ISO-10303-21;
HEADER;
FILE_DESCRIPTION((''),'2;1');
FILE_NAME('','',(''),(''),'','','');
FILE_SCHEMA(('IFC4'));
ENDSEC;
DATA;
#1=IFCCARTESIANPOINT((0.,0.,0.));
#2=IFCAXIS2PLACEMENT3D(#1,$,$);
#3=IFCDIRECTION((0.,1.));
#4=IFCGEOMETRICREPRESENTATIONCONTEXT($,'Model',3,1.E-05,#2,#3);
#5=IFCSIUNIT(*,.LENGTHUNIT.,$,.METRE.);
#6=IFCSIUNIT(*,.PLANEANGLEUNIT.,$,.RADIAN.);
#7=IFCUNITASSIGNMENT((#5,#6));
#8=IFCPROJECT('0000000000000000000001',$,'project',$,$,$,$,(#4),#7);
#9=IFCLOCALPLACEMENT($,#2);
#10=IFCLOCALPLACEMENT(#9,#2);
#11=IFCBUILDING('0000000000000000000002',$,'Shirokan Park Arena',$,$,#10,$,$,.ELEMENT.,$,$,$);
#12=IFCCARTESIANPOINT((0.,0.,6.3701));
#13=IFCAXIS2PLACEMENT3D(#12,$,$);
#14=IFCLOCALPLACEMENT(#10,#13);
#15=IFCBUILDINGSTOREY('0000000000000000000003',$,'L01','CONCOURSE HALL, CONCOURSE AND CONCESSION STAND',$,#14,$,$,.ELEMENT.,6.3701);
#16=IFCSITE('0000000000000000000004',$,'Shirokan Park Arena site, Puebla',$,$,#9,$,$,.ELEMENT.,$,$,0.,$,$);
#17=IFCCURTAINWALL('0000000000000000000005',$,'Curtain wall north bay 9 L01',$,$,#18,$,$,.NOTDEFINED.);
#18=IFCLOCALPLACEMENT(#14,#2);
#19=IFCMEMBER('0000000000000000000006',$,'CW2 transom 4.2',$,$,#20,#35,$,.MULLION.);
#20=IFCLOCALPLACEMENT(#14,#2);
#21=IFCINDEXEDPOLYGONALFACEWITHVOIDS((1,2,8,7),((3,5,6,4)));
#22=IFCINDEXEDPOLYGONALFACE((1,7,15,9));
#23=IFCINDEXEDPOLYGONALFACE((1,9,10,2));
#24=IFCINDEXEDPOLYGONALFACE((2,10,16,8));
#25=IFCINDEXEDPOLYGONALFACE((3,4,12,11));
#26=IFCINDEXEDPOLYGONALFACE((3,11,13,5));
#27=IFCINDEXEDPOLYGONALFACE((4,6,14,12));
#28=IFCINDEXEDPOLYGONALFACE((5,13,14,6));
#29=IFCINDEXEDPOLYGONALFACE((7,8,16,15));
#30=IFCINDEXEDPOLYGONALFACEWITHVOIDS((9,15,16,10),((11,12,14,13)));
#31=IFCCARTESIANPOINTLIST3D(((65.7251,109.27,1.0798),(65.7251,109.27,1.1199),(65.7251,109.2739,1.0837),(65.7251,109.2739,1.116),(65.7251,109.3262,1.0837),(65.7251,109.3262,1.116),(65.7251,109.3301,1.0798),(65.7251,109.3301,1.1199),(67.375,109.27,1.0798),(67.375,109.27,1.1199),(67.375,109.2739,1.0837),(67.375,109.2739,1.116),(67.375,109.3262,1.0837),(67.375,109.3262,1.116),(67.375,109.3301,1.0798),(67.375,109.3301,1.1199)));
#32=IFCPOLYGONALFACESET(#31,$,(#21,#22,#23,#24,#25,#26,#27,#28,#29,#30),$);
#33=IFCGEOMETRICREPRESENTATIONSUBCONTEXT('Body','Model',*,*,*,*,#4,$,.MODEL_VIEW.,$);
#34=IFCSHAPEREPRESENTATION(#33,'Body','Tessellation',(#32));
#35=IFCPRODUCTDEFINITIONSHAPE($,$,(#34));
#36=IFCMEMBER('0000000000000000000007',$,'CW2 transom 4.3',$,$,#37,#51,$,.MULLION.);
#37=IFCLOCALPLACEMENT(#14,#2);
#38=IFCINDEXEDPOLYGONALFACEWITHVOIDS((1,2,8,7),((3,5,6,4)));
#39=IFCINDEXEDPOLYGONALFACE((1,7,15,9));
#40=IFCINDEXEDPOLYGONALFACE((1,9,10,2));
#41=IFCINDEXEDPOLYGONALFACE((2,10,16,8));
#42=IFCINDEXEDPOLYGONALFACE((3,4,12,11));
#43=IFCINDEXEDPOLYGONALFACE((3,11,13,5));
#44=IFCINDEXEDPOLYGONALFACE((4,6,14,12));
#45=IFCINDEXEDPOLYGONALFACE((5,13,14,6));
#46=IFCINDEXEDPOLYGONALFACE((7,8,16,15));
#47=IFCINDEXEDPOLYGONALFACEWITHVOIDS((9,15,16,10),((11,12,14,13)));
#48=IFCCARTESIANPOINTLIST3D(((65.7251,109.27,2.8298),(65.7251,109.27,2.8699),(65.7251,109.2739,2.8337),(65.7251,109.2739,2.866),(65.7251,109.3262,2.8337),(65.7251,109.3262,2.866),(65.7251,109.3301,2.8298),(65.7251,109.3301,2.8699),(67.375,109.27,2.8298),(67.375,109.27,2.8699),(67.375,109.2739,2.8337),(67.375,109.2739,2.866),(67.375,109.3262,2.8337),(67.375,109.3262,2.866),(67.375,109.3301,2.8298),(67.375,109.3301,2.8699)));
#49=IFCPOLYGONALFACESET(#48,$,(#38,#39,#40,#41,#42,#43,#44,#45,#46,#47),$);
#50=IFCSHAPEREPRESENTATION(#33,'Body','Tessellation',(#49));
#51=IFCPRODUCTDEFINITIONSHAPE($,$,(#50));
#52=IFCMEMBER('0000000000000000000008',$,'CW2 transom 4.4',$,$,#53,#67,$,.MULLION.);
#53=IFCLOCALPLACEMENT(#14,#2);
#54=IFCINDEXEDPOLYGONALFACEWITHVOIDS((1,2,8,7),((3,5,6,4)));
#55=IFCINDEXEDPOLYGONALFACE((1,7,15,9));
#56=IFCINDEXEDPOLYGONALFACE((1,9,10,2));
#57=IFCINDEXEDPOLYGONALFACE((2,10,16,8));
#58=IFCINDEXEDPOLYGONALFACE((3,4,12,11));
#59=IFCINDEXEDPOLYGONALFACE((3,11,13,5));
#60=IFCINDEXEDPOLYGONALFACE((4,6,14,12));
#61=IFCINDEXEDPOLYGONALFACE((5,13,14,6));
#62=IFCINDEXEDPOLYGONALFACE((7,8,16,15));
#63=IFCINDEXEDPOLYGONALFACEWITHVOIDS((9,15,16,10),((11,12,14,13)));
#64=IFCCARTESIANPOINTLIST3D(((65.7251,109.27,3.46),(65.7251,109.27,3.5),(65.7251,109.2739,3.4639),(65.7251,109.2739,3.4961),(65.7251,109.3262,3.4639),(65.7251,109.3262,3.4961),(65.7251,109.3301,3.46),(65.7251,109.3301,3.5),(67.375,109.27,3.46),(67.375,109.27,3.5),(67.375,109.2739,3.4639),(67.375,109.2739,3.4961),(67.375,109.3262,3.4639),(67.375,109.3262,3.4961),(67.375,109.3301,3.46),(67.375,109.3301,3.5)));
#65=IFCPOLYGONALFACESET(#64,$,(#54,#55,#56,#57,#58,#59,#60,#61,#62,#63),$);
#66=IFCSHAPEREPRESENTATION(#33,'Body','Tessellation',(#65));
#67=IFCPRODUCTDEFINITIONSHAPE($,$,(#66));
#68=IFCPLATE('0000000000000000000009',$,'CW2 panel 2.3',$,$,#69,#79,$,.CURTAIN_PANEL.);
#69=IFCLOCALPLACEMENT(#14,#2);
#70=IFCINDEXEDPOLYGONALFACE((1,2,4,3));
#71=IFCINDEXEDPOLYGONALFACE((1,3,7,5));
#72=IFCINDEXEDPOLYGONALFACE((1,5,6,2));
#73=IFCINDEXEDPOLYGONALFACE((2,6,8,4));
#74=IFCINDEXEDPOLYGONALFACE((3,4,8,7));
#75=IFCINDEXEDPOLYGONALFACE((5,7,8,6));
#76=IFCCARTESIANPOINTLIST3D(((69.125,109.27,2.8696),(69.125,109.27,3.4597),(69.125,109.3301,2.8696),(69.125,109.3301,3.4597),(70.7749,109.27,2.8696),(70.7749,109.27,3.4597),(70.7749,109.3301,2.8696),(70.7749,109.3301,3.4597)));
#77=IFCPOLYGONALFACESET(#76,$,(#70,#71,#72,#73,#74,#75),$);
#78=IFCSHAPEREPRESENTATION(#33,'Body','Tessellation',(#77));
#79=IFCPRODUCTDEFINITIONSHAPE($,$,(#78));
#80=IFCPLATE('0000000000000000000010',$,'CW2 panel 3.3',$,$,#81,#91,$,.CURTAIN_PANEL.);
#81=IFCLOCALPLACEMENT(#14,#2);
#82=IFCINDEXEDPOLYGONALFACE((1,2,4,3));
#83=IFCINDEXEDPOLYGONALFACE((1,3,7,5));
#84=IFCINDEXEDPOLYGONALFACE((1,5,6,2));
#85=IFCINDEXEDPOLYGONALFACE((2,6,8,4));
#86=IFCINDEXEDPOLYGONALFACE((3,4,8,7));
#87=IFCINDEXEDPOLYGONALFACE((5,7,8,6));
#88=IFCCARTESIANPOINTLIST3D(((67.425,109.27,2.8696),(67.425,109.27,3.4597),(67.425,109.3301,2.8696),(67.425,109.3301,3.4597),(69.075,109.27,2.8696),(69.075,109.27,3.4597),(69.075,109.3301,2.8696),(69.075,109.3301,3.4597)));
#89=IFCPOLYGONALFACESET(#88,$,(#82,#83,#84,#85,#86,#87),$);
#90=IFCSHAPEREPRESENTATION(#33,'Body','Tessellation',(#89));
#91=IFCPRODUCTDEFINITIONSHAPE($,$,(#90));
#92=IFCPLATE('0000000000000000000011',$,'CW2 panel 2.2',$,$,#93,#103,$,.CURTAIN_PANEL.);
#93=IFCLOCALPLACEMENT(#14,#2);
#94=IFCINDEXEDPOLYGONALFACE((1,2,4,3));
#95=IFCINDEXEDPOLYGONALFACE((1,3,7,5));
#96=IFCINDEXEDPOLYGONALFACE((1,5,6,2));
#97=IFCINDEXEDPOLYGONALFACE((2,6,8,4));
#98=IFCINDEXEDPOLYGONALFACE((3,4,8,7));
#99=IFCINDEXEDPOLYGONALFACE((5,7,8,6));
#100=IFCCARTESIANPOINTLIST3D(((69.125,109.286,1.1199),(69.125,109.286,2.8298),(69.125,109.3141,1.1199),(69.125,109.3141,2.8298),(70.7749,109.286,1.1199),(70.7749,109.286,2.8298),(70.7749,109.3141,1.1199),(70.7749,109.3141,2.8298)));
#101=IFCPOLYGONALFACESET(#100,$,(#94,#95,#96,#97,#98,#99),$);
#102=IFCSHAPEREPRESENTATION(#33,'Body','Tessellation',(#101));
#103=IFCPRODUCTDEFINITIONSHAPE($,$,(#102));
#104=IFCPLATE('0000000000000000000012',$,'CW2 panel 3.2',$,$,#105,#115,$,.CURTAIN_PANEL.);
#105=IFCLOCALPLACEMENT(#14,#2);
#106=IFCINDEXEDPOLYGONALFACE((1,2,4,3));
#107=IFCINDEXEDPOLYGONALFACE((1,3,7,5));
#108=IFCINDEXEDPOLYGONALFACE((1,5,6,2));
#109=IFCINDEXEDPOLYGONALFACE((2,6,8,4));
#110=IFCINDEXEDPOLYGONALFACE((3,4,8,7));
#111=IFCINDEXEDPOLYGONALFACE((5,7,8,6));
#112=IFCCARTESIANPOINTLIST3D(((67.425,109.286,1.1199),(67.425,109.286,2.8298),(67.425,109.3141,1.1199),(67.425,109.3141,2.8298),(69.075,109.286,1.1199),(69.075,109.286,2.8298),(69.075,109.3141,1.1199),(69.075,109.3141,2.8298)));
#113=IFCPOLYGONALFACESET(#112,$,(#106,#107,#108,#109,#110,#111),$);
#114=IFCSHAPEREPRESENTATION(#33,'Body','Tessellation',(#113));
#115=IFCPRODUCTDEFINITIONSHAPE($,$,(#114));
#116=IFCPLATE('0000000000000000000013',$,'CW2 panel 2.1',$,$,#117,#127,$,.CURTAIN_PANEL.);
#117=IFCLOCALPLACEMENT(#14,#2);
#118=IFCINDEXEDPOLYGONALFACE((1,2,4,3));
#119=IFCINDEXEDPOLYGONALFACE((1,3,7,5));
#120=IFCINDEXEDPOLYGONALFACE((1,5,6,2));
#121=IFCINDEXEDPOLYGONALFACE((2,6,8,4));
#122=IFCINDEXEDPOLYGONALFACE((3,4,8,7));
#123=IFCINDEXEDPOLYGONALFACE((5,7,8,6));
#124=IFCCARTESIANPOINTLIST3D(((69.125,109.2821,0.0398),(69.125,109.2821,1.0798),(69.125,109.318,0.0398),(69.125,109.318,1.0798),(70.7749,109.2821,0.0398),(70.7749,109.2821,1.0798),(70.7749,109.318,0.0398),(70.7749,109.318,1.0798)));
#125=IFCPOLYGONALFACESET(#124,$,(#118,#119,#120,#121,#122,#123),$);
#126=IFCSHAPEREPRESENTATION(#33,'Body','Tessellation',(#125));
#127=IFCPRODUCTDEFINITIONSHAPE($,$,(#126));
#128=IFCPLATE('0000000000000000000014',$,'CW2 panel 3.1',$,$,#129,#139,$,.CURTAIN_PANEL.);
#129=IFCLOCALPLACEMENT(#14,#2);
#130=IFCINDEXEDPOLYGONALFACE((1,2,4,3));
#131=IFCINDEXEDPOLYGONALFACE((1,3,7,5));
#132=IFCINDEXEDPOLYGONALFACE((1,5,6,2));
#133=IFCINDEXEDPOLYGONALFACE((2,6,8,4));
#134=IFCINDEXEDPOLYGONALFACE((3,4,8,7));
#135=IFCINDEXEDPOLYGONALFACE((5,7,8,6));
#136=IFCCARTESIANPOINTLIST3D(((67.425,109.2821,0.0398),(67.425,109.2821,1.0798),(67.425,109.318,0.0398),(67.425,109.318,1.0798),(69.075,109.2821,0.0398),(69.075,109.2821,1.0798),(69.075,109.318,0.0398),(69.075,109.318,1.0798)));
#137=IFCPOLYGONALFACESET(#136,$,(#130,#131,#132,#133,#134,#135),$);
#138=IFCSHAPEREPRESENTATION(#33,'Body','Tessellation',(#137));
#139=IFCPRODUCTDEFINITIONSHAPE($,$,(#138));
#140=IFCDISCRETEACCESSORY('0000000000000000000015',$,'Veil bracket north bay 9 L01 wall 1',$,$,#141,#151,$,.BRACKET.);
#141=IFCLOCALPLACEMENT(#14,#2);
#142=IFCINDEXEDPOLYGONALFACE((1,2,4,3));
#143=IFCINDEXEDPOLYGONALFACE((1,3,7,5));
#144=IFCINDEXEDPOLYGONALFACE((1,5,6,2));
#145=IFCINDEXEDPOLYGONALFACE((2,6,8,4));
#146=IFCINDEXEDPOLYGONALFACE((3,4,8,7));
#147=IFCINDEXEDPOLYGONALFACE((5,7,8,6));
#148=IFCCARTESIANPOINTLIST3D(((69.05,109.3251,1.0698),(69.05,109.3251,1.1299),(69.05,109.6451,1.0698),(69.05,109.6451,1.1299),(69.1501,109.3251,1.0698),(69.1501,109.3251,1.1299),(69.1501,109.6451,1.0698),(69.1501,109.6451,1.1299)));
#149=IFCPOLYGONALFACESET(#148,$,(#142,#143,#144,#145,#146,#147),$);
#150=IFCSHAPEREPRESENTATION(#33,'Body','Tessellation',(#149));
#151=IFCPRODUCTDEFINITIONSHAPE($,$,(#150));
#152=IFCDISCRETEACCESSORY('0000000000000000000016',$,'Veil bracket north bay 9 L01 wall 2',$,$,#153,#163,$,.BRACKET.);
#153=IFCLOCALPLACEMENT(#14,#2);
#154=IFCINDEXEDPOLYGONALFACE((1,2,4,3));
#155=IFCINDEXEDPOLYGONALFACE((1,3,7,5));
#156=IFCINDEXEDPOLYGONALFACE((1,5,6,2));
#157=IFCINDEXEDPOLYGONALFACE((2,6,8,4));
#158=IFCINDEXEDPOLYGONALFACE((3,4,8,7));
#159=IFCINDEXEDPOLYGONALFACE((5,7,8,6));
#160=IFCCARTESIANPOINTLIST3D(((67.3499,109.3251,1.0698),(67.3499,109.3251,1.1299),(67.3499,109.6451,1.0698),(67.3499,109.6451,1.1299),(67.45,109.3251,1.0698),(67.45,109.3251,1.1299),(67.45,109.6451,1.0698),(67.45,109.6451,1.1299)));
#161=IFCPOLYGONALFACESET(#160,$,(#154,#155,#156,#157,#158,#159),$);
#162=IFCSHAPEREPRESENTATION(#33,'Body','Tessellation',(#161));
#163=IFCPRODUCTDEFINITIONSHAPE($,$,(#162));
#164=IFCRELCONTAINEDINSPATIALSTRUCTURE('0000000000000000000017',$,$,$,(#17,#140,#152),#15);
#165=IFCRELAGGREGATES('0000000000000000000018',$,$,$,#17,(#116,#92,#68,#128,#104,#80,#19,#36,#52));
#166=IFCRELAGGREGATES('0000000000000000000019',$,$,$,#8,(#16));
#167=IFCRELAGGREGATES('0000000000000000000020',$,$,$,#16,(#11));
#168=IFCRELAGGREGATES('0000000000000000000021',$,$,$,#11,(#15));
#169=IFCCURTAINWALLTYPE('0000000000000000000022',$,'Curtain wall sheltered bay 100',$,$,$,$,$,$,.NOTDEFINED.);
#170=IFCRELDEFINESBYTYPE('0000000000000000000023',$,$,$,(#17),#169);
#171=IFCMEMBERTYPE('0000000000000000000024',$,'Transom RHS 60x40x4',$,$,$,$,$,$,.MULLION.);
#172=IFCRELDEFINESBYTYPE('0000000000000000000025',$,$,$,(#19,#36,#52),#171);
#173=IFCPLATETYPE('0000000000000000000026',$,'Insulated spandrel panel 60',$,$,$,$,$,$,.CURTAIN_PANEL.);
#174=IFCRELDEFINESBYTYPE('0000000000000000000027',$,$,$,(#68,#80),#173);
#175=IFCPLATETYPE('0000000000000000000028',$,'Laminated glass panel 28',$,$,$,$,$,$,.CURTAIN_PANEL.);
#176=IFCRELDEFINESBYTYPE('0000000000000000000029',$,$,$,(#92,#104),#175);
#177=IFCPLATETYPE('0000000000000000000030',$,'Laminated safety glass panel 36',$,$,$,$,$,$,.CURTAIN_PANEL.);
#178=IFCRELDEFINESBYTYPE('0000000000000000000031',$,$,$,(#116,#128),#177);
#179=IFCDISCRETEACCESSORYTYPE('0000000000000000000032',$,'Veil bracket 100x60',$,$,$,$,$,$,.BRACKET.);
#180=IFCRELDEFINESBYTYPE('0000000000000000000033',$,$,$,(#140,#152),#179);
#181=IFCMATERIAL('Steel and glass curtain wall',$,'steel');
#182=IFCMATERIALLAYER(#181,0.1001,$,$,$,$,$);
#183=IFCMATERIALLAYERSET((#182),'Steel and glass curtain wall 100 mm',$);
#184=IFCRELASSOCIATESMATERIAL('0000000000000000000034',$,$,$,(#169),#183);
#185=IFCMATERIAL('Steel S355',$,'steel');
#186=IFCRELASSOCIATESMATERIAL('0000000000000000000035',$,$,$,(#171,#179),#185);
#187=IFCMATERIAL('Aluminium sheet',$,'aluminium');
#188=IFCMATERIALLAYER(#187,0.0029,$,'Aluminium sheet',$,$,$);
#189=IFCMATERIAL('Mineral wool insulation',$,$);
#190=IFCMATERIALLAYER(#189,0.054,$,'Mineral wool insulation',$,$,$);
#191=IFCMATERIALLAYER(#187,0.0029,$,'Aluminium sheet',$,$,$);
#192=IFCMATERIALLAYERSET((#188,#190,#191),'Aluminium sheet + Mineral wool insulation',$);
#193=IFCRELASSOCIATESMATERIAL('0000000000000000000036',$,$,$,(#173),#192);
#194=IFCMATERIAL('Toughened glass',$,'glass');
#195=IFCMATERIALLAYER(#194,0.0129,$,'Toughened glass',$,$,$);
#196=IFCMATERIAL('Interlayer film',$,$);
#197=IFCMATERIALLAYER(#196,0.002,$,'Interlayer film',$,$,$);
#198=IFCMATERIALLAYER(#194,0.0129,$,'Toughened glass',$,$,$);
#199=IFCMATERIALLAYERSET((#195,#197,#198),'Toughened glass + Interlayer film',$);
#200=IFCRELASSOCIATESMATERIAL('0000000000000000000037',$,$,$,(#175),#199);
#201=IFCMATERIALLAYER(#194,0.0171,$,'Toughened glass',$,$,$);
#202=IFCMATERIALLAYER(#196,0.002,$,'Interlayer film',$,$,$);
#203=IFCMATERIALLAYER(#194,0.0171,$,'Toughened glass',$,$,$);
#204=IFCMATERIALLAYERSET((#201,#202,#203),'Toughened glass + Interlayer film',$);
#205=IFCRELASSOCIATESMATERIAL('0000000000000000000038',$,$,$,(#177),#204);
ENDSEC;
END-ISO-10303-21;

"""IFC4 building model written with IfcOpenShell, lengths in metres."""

from ifc_helpers import new_model, si_unit, direction, frame, origin, origin_2d, place, context, subcontext, project, spatial, rectangle, hollow_rectangle, extrude, material, layer, layer_set, material_profile, profile_set, type_object, element, aggregate, save


model = new_model("IFC4")

# Units and contexts
model_context = context("Model", 3, precision=1e-05, world=origin(), true_north=direction((0.0, 1.0)))
body_context = subcontext(model_context, "Body", "Model", "MODEL_VIEW")
ifc_project = project(units=[si_unit("LENGTHUNIT", "METRE"), si_unit("PLANEANGLEUNIT", "RADIAN")], contexts=[model_context])

# Site, building, storey
site_placement = place(None, origin())
site = spatial("IfcSite", under=ifc_project, at=site_placement, Name="Shirokan Park Arena site, Puebla", CompositionType="ELEMENT", RefElevation=0.0)
building_placement = place(site_placement, origin())
building = spatial("IfcBuilding", under=site, at=building_placement, Name="Shirokan Park Arena", CompositionType="ELEMENT")
storey_placement = place(building_placement, frame((0.0, 0.0, 6.3701)))
storey = spatial("IfcBuildingStorey", under=building, at=storey_placement, Name="L01", Description="CONCOURSE HALL, CONCOURSE AND CONCESSION STAND", CompositionType="ELEMENT", Elevation=6.3701)

# Curtain wall, members, plates
ifc_material_1 = material(Name="Steel and glass curtain wall", Category="steel")
ifc_layer_1 = layer(ifc_material_1, 0.1001)
ifc_layer_set_1 = layer_set([ifc_layer_1], Name="Steel and glass curtain wall 100 mm")
curtain_wall_type = type_object("IfcCurtainWallType", Name="Curtain wall sheltered bay 100", PredefinedType="NOTDEFINED", material=ifc_layer_set_1)
curtain_wall_placement = place(storey_placement, origin())
curtain_wall = element("IfcCurtainWall", 1, at=curtain_wall_placement, inside=storey, type_object=curtain_wall_type, Name="Curtain wall north bay 9 L01", PredefinedType="NOTDEFINED")
ifc_material_2 = material(Name="Steel S355", Category="steel")
ifc_material_profile_1 = material_profile(ifc_material_2, hollow_rectangle(XDim=0.0601, YDim=0.04, WallThickness=0.0039, at=origin_2d()), Name="RHS 60x40x4")
ifc_profile_set_1 = profile_set([ifc_material_profile_1], Name="Steel S355")
member_type_1 = type_object("IfcMemberType", Name="Transom RHS 60x40x4", PredefinedType="MULLION", material=ifc_profile_set_1)
member_1_placement = place(storey_placement, frame((67.375, 109.3, 1.0999), z_axis=(-1.0, 0.0, 0.0), x_axis=(0.0, -1.0, 0.0)))
member_1 = element("IfcMember", 2, at=member_1_placement, type_object=member_type_1, Name="CW2 transom 4.2", PredefinedType="MULLION", context=body_context, shape_type="SweptSolid", body=[
    extrude(hollow_rectangle(XDim=0.0601, YDim=0.04, WallThickness=0.0039, at=origin_2d()), origin(), (0.0, 0.0, 1.0), 1.6499),
])
member_2_placement = place(storey_placement, frame((67.375, 109.3, 2.8499), z_axis=(-1.0, 0.0, 0.0), x_axis=(0.0, -1.0, 0.0)))
member_2 = element("IfcMember", 3, at=member_2_placement, type_object=member_type_1, Name="CW2 transom 4.3", PredefinedType="MULLION", context=body_context, shape_type="SweptSolid", body=[
    extrude(hollow_rectangle(XDim=0.0601, YDim=0.04, WallThickness=0.0039, at=origin_2d()), origin(), (0.0, 0.0, 1.0), 1.6499),
])
member_3_placement = place(storey_placement, frame((67.375, 109.3, 3.48), z_axis=(-1.0, 0.0, 0.0), x_axis=(0.0, -1.0, 0.0)))
member_3 = element("IfcMember", 4, at=member_3_placement, type_object=member_type_1, Name="CW2 transom 4.4", PredefinedType="MULLION", context=body_context, shape_type="SweptSolid", body=[
    extrude(hollow_rectangle(XDim=0.0601, YDim=0.04, WallThickness=0.0039, at=origin_2d()), origin(), (0.0, 0.0, 1.0), 1.6499),
])
ifc_material_3 = material(Name="Aluminium sheet", Category="aluminium")
ifc_layer_2 = layer(ifc_material_3, 0.0029, Name="Aluminium sheet")
ifc_material_4 = material(Name="Mineral wool insulation")
ifc_layer_3 = layer(ifc_material_4, 0.054, Name="Mineral wool insulation")
ifc_layer_4 = layer(ifc_material_3, 0.0029, Name="Aluminium sheet")
ifc_layer_set_2 = layer_set([ifc_layer_2, ifc_layer_3, ifc_layer_4], Name="Aluminium sheet + Mineral wool insulation")
plate_type_1 = type_object("IfcPlateType", Name="Insulated spandrel panel 60", PredefinedType="CURTAIN_PANEL", material=ifc_layer_set_2)
plate_1_placement = place(storey_placement, frame((69.95, 109.3, 2.8696), z_axis=(0.0, 0.0, 1.0), x_axis=(-1.0, 0.0, 0.0)))
plate_1 = element("IfcPlate", 5, at=plate_1_placement, type_object=plate_type_1, Name="CW2 panel 2.3", PredefinedType="CURTAIN_PANEL", context=body_context, shape_type="SweptSolid", body=[
    extrude(rectangle(XDim=1.6499, YDim=0.0601, at=origin_2d()), origin(), (0.0, 0.0, 1.0), 0.5901),
])
plate_2_placement = place(storey_placement, frame((68.25, 109.3, 2.8696), z_axis=(0.0, 0.0, 1.0), x_axis=(-1.0, 0.0, 0.0)))
plate_2 = element("IfcPlate", 6, at=plate_2_placement, type_object=plate_type_1, Name="CW2 panel 3.3", PredefinedType="CURTAIN_PANEL", context=body_context, shape_type="SweptSolid", body=[
    extrude(rectangle(XDim=1.6499, YDim=0.0601, at=origin_2d()), origin(), (0.0, 0.0, 1.0), 0.5901),
])
ifc_material_5 = material(Name="Toughened glass", Category="glass")
ifc_layer_5 = layer(ifc_material_5, 0.0129, Name="Toughened glass")
ifc_material_6 = material(Name="Interlayer film")
ifc_layer_6 = layer(ifc_material_6, 0.002, Name="Interlayer film")
ifc_layer_7 = layer(ifc_material_5, 0.0129, Name="Toughened glass")
ifc_layer_set_3 = layer_set([ifc_layer_5, ifc_layer_6, ifc_layer_7], Name="Toughened glass + Interlayer film")
plate_type_2 = type_object("IfcPlateType", Name="Laminated glass panel 28", PredefinedType="CURTAIN_PANEL", material=ifc_layer_set_3)
plate_3_placement = place(storey_placement, frame((69.95, 109.3, 1.1199), z_axis=(0.0, 0.0, 1.0), x_axis=(-1.0, 0.0, 0.0)))
plate_3 = element("IfcPlate", 7, at=plate_3_placement, type_object=plate_type_2, Name="CW2 panel 2.2", PredefinedType="CURTAIN_PANEL", context=body_context, shape_type="SweptSolid", body=[
    extrude(rectangle(XDim=1.6499, YDim=0.0281, at=origin_2d()), origin(), (0.0, 0.0, 1.0), 1.71),
])
plate_4_placement = place(storey_placement, frame((68.25, 109.3, 1.1199), z_axis=(0.0, 0.0, 1.0), x_axis=(-1.0, 0.0, 0.0)))
plate_4 = element("IfcPlate", 8, at=plate_4_placement, type_object=plate_type_2, Name="CW2 panel 3.2", PredefinedType="CURTAIN_PANEL", context=body_context, shape_type="SweptSolid", body=[
    extrude(rectangle(XDim=1.6499, YDim=0.0281, at=origin_2d()), origin(), (0.0, 0.0, 1.0), 1.71),
])
ifc_layer_8 = layer(ifc_material_5, 0.0171, Name="Toughened glass")
ifc_layer_9 = layer(ifc_material_6, 0.002, Name="Interlayer film")
ifc_layer_10 = layer(ifc_material_5, 0.0171, Name="Toughened glass")
ifc_layer_set_4 = layer_set([ifc_layer_8, ifc_layer_9, ifc_layer_10], Name="Toughened glass + Interlayer film")
plate_type_3 = type_object("IfcPlateType", Name="Laminated safety glass panel 36", PredefinedType="CURTAIN_PANEL", material=ifc_layer_set_4)
plate_5_placement = place(storey_placement, frame((69.95, 109.3, 0.0398), z_axis=(0.0, 0.0, 1.0), x_axis=(-1.0, 0.0, 0.0)))
plate_5 = element("IfcPlate", 9, at=plate_5_placement, type_object=plate_type_3, Name="CW2 panel 2.1", PredefinedType="CURTAIN_PANEL", context=body_context, shape_type="SweptSolid", body=[
    extrude(rectangle(XDim=1.6499, YDim=0.0359, at=origin_2d()), origin(), (0.0, 0.0, 1.0), 1.04),
])
plate_6_placement = place(storey_placement, frame((68.25, 109.3, 0.0398), z_axis=(0.0, 0.0, 1.0), x_axis=(-1.0, 0.0, 0.0)))
plate_6 = element("IfcPlate", 10, at=plate_6_placement, type_object=plate_type_3, Name="CW2 panel 3.1", PredefinedType="CURTAIN_PANEL", context=body_context, shape_type="SweptSolid", body=[
    extrude(rectangle(XDim=1.6499, YDim=0.0359, at=origin_2d()), origin(), (0.0, 0.0, 1.0), 1.04),
])
aggregate(curtain_wall, [plate_5, plate_3, plate_1, plate_6, plate_4, plate_2, member_1, member_2, member_3])

# Discrete accessories
discrete_accessory_type = type_object("IfcDiscreteAccessoryType", Name="Veil bracket 100x60", PredefinedType="BRACKET", material=ifc_material_2)
for number, where, z_axis, x_axis, name in (
    (11, (69.1001, 109.4851, 1.0698), (0.0, 0.0, 1.0), (-1.0, 0.0, 0.0), "Veil bracket north bay 9 L01 wall 1"),
    (12, (67.3999, 109.4851, 1.0698), (0.0, 0.0, 1.0), (-1.0, 0.0, 0.0), "Veil bracket north bay 9 L01 wall 2"),
):
    element("IfcDiscreteAccessory", number, at=place(storey_placement, frame(where, z_axis=z_axis, x_axis=x_axis)), inside=storey, type_object=discrete_accessory_type, Name=name, PredefinedType="BRACKET", context=body_context, shape_type="SweptSolid", body=[
        extrude(rectangle(XDim=0.1001, YDim=0.3201, at=origin_2d()), origin(), (0.0, 0.0, 1.0), 0.0601),
    ])

save(model, "model.ifc")
